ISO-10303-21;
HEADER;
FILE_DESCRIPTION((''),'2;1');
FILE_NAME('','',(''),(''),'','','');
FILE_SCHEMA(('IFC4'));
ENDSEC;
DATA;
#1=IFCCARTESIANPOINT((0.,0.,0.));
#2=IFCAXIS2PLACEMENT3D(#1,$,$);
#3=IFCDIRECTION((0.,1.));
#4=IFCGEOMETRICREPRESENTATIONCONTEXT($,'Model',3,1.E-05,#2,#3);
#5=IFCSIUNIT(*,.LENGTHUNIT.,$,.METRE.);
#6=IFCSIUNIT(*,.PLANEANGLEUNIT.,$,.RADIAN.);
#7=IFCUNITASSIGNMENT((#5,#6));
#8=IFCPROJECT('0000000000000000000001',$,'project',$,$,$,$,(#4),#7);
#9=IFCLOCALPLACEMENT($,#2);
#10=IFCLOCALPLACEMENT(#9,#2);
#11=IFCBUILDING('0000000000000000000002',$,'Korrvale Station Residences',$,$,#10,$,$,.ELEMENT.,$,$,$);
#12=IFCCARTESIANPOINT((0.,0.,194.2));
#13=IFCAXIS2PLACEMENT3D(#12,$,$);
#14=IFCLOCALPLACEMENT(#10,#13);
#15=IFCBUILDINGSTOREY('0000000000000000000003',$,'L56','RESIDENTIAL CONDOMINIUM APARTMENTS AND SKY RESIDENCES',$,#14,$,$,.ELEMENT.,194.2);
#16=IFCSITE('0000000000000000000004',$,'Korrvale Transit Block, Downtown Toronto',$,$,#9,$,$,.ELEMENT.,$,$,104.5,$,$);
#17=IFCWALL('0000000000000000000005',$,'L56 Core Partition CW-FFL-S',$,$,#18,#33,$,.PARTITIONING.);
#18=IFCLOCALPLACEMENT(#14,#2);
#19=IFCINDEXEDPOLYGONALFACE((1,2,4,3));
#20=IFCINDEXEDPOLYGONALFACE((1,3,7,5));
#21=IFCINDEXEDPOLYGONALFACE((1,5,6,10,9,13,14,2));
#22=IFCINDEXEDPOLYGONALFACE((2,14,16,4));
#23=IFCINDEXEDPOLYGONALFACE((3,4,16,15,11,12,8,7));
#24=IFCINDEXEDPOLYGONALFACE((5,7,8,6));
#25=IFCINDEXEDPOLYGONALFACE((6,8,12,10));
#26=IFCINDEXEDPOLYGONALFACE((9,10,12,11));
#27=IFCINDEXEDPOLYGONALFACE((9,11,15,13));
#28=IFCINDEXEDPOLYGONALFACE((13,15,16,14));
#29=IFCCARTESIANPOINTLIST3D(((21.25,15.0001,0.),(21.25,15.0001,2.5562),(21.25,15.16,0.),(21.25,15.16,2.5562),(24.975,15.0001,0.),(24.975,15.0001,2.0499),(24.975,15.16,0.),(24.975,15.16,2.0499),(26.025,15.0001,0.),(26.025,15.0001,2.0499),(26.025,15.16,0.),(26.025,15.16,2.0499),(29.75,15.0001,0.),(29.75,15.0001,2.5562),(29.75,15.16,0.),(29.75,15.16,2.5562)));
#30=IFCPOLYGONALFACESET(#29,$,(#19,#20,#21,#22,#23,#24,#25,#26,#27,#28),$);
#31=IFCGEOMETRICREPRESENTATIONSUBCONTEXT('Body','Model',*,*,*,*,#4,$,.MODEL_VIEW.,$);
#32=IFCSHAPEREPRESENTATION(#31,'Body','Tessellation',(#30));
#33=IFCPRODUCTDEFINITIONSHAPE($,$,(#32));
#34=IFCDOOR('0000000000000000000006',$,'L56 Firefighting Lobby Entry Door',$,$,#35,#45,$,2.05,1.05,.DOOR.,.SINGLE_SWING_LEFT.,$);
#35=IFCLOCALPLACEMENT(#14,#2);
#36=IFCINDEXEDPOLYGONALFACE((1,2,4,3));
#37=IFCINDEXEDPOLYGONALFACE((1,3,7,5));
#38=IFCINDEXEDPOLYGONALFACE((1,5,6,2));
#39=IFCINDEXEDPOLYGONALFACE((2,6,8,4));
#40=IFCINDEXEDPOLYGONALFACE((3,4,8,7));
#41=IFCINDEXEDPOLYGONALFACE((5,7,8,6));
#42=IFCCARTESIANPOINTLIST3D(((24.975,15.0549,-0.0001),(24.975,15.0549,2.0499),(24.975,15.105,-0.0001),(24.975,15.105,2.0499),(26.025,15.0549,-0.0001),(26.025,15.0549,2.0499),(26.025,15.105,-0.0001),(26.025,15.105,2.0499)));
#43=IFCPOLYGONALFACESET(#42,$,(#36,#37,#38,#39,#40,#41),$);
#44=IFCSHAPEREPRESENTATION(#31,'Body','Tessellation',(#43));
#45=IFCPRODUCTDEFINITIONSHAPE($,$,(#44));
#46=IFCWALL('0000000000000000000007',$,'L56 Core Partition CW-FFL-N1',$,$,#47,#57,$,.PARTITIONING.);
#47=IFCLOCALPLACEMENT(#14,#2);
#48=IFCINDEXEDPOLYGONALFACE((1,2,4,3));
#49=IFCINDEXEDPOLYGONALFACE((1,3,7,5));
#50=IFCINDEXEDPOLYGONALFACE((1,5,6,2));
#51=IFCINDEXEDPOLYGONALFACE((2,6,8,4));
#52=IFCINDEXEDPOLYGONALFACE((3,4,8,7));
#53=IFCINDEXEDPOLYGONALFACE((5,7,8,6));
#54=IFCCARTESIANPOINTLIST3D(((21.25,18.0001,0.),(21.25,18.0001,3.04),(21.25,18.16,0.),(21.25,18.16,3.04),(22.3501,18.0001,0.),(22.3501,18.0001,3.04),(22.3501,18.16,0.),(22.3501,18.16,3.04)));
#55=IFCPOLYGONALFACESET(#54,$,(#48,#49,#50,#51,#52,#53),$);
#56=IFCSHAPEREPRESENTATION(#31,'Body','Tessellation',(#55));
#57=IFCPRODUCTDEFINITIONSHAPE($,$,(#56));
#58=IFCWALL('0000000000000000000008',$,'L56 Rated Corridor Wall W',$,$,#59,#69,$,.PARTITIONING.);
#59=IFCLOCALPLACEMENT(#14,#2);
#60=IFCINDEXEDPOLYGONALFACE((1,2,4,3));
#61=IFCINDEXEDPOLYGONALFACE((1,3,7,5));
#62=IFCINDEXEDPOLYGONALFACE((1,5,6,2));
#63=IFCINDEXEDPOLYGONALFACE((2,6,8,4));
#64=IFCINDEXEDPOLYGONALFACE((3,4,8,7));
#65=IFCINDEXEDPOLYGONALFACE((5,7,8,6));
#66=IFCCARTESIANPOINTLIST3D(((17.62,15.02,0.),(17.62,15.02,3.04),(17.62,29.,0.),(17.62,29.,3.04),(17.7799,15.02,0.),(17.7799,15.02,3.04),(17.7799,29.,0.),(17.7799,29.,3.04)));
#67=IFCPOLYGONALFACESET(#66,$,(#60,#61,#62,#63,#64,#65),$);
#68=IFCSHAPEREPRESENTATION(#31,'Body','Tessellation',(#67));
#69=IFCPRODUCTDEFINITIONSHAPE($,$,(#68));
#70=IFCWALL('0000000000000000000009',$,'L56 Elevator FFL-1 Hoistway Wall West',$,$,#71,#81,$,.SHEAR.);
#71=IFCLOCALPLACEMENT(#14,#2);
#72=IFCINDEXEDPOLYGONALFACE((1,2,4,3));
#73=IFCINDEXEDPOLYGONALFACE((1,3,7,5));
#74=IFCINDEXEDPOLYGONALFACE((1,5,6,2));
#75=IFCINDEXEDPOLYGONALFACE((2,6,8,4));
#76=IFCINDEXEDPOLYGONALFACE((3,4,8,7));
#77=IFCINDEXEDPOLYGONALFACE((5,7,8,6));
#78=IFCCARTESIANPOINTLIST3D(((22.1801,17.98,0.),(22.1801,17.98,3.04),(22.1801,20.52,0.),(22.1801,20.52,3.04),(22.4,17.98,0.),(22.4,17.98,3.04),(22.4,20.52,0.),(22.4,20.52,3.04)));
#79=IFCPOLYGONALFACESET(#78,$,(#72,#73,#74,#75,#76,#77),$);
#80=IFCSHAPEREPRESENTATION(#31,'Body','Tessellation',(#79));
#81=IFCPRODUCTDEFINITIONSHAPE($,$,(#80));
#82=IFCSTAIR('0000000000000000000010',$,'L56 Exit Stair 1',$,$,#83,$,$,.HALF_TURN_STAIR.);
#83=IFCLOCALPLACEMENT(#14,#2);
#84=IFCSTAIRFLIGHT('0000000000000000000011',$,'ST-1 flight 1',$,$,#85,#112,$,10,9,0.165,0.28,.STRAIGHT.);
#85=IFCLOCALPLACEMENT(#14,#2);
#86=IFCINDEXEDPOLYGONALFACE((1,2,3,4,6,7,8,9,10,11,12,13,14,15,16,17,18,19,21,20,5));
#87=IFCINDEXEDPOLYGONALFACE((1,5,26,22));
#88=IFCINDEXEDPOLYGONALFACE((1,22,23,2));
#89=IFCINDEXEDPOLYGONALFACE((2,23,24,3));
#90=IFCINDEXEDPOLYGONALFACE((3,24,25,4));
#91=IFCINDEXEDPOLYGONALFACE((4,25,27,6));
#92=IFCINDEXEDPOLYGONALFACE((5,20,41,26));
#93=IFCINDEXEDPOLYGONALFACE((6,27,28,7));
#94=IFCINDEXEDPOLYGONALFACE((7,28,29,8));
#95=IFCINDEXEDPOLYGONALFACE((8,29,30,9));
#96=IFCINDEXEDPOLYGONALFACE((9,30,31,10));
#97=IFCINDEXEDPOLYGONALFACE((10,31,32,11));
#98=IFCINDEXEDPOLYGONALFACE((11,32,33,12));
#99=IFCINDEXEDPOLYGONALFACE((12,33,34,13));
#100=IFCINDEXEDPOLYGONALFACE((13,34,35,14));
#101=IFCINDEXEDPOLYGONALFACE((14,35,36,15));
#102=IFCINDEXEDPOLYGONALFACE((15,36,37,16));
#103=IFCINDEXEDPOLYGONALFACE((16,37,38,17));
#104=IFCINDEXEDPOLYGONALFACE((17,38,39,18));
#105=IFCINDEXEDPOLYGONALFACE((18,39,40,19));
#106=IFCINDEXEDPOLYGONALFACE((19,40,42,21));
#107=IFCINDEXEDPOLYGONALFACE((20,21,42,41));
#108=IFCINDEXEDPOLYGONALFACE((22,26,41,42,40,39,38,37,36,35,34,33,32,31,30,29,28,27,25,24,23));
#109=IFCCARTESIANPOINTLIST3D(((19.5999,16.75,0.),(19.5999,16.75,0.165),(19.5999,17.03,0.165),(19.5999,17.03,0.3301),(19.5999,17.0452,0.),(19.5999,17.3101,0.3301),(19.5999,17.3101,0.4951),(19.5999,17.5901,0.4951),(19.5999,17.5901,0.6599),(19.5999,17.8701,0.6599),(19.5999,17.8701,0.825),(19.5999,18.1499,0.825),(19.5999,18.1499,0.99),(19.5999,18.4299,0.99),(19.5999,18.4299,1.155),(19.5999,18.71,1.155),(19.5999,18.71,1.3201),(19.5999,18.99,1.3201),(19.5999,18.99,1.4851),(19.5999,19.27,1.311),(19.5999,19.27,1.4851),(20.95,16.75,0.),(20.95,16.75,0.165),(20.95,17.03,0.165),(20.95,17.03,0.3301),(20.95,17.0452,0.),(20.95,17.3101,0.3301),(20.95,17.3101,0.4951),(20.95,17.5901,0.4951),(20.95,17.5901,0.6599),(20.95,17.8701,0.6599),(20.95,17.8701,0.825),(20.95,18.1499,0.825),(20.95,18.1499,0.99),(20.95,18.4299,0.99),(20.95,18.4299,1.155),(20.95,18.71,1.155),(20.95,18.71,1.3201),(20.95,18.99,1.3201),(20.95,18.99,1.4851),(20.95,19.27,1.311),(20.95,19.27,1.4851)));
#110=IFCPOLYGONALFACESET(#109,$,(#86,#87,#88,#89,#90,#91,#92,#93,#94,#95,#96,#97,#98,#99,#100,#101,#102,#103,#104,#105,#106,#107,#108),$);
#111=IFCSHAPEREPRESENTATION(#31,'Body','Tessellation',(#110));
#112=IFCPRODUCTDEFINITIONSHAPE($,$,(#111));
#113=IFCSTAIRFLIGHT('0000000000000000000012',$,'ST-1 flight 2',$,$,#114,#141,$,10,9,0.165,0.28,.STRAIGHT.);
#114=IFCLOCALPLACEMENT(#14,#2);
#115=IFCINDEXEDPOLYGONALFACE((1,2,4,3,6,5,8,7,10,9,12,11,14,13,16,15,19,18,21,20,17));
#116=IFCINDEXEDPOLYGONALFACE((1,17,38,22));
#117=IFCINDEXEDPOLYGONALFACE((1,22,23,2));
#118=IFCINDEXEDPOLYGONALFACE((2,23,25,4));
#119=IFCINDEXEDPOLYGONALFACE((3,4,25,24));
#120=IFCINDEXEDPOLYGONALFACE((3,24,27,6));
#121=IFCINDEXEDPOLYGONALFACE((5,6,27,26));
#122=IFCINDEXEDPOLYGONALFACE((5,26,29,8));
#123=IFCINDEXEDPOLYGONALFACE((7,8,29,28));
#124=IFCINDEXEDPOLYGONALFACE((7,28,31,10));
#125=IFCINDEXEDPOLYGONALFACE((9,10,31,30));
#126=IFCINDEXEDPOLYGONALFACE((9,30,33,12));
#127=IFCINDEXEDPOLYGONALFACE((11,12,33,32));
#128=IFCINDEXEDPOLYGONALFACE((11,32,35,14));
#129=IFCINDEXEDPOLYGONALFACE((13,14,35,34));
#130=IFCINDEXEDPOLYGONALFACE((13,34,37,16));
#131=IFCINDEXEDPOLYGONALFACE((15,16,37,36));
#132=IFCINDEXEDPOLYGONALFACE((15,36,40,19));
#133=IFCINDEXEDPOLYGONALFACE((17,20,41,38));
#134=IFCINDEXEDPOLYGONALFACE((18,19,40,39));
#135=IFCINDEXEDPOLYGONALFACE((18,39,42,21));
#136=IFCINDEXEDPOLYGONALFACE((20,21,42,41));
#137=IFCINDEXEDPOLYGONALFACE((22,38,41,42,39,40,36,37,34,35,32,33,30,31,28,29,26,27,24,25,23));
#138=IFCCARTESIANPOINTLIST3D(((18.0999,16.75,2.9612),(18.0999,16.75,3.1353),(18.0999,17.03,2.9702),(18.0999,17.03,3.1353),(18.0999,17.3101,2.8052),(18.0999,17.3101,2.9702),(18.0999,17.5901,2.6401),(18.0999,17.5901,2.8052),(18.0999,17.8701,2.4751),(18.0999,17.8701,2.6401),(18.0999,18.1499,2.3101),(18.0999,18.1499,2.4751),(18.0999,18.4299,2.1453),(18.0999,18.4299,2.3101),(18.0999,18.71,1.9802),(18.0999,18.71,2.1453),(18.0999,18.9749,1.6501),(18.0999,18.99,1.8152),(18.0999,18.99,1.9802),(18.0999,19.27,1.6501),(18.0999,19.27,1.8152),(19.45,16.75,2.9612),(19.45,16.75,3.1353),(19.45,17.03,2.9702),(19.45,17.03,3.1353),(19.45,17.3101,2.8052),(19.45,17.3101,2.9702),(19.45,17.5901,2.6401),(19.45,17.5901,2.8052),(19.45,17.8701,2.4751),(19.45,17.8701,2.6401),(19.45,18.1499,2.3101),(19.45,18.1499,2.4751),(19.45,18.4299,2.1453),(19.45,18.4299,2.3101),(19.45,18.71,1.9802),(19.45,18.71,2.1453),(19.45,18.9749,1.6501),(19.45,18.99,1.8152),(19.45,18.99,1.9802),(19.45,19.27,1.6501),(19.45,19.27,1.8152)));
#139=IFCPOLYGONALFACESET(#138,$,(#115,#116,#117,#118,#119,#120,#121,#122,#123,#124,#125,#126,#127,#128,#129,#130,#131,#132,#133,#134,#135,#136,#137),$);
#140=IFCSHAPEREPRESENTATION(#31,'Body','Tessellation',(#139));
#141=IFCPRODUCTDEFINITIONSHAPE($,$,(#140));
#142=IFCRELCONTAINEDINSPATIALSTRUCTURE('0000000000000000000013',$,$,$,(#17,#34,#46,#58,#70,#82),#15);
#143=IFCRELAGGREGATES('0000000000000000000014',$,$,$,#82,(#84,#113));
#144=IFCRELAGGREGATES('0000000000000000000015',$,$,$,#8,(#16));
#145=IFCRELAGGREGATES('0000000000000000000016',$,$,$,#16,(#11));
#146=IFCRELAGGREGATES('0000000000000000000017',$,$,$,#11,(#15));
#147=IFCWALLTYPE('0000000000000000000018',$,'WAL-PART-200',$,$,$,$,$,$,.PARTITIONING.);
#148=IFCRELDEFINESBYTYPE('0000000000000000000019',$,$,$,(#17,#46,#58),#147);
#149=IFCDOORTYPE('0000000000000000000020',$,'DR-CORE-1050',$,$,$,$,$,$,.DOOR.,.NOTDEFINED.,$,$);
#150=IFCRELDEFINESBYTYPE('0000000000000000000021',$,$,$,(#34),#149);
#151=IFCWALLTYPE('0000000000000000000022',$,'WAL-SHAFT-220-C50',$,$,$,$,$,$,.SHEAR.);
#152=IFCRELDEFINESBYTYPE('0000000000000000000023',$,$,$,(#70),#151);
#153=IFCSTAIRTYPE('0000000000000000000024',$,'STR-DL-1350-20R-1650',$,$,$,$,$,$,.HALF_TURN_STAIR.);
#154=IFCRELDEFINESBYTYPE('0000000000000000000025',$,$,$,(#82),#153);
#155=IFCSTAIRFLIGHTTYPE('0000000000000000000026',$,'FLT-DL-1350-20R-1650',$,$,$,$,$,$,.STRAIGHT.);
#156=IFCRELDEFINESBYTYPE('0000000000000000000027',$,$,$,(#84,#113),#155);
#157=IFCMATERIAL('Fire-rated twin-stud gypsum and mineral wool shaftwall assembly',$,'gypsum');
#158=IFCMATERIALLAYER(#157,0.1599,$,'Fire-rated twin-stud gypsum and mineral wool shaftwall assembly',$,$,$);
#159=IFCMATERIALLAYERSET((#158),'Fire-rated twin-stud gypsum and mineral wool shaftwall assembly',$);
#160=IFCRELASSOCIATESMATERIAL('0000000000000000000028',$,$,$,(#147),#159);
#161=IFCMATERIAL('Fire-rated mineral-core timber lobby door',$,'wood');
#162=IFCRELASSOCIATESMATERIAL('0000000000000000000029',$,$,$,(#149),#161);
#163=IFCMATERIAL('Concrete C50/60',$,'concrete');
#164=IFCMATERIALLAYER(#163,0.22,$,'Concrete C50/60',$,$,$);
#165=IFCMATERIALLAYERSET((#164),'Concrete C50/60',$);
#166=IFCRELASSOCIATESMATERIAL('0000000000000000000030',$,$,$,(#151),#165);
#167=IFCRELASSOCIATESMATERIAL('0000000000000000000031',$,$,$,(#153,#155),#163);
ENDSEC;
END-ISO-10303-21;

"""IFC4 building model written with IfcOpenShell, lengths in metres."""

from ifc_helpers import new_model, si_unit, direction, frame, frame_2d, origin, place, context, subcontext, project, spatial, polyline, rectangle, outline, extrude, material, layer, layer_set, type_object, element, fill, aggregate, save


model = new_model("IFC4")

# Units and contexts
model_context = context("Model", 3, precision=1e-05, world=origin(), true_north=direction((0.0, 1.0)))
body_context = subcontext(model_context, "Body", "Model", "MODEL_VIEW")
ifc_project = project(units=[si_unit("LENGTHUNIT", "METRE"), si_unit("PLANEANGLEUNIT", "RADIAN")], contexts=[model_context])

# Site, building, storey
site_placement = place(None, origin())
site = spatial("IfcSite", under=ifc_project, at=site_placement, Name="Korrvale Transit Block, Downtown Toronto", CompositionType="ELEMENT", RefElevation=104.5)
building_placement = place(site_placement, origin())
building = spatial("IfcBuilding", under=site, at=building_placement, Name="Korrvale Station Residences", CompositionType="ELEMENT")
storey_placement = place(building_placement, frame((0.0, 0.0, 194.2)))
storey = spatial("IfcBuildingStorey", under=building, at=storey_placement, Name="L56", Description="RESIDENTIAL CONDOMINIUM APARTMENTS AND SKY RESIDENCES", CompositionType="ELEMENT", Elevation=194.2)

# Shared definitions
ifc_material_1 = material(Name="Concrete C50/60", Category="concrete")

# Wall, opening, door
ifc_material_2 = material(Name="Fire-rated twin-stud gypsum and mineral wool shaftwall assembly", Category="gypsum")
ifc_layer_1 = layer(ifc_material_2, 0.1599, Name="Fire-rated twin-stud gypsum and mineral wool shaftwall assembly")
ifc_layer_set_1 = layer_set([ifc_layer_1], Name="Fire-rated twin-stud gypsum and mineral wool shaftwall assembly")
wall_type_1 = type_object("IfcWallType", Name="WAL-PART-200", PredefinedType="PARTITIONING", material=ifc_layer_set_1)
wall_1_placement = place(storey_placement, frame((21.25, 15.0801, 0.0), z_axis=(0.0, 0.0, 1.0), x_axis=(1.0, 0.0, 0.0)))
wall_1 = element("IfcWall", 1, at=wall_1_placement, inside=storey, type_object=wall_type_1, Name="L56 Core Partition CW-FFL-S", PredefinedType="PARTITIONING", context=body_context, shape_type="SweptSolid", body=[
    extrude(rectangle(XDim=8.5, YDim=0.1599, at=frame_2d((4.25, 0.0))), origin(), (0.0, 0.0, 1.0), 2.5562),
])
opening_1_placement = place(wall_1_placement, frame((3.7251, 0.0, 0.0)))
opening_1 = element("IfcOpeningElement", 2, at=opening_1_placement, cuts=wall_1, PredefinedType="OPENING", context=body_context, shape_type="SweptSolid", body=[
    extrude(rectangle(XDim=1.05, YDim=2.05, at=frame_2d((0.5249, 1.0249))), frame((0.0, 0.0898, 0.0), z_axis=(0.0, -1.0, 0.0), x_axis=(1.0, 0.0, 0.0)), (0.0, 0.0, 1.0), 0.1799),
])
ifc_material_3 = material(Name="Fire-rated mineral-core timber lobby door", Category="wood")
door_type_1 = type_object("IfcDoorType", Name="DR-CORE-1050", OperationType="NOTDEFINED", PredefinedType="DOOR", material=ifc_material_3)
door_1_placement = place(opening_1_placement, origin())
door_1 = element("IfcDoor", 3, at=door_1_placement, inside=storey, type_object=door_type_1, Name="L56 Firefighting Lobby Entry Door", OperationType="SINGLE_SWING_LEFT", OverallHeight=2.05, OverallWidth=1.05, PredefinedType="DOOR", context=body_context, shape_type="SweptSolid", body=[
    extrude(rectangle(XDim=1.05, YDim=2.05, at=frame_2d((0.5249, 1.0249))), frame((0.0, 0.0249, 0.0), z_axis=(0.0, -1.0, 0.0), x_axis=(1.0, 0.0, 0.0)), (0.0, 0.0, 1.0), 0.05),
])
fill(opening_1, door_1)

# Walls
wall_2_placement = place(storey_placement, frame((21.25, 18.0801, 0.0), z_axis=(0.0, 0.0, 1.0), x_axis=(1.0, 0.0, 0.0)))
element("IfcWall", 4, at=wall_2_placement, inside=storey, type_object=wall_type_1, Name="L56 Core Partition CW-FFL-N1", PredefinedType="PARTITIONING", context=body_context, shape_type="SweptSolid", body=[
    extrude(rectangle(XDim=1.1001, YDim=0.1599, at=frame_2d((0.55, 0.0))), origin(), (0.0, 0.0, 1.0), 3.04),
])
wall_3_placement = place(storey_placement, frame((17.7, 15.02, 0.0), z_axis=(0.0, 0.0, 1.0), x_axis=(0.0, 1.0, 0.0)))
element("IfcWall", 5, at=wall_3_placement, inside=storey, type_object=wall_type_1, Name="L56 Rated Corridor Wall W", PredefinedType="PARTITIONING", context=body_context, shape_type="SweptSolid", body=[
    extrude(rectangle(XDim=13.98, YDim=0.1599, at=frame_2d((6.99, 0.0))), origin(), (0.0, 0.0, 1.0), 3.04),
])

# Shared definitions
ifc_layer_2 = layer(ifc_material_1, 0.22, Name="Concrete C50/60")
ifc_layer_set_2 = layer_set([ifc_layer_2], Name="Concrete C50/60")
wall_type_2 = type_object("IfcWallType", Name="WAL-SHAFT-220-C50", PredefinedType="SHEAR", material=ifc_layer_set_2)

# Wall
wall_4_placement = place(storey_placement, frame((22.29, 17.98, 0.0), z_axis=(0.0, 0.0, 1.0), x_axis=(0.0, 1.0, 0.0)))
element("IfcWall", 6, at=wall_4_placement, inside=storey, type_object=wall_type_2, Name="L56 Elevator FFL-1 Hoistway Wall West", PredefinedType="SHEAR", context=body_context, shape_type="SweptSolid", body=[
    extrude(rectangle(XDim=2.54, YDim=0.22, at=frame_2d((1.27, 0.0))), origin(), (0.0, 0.0, 1.0), 3.04),
])

# Stair, stair flights
stair_type = type_object("IfcStairType", Name="STR-DL-1350-20R-1650", PredefinedType="HALF_TURN_STAIR", material=ifc_material_1)
stair_placement = place(storey_placement, origin())
stair = element("IfcStair", 7, at=stair_placement, inside=storey, type_object=stair_type, Name="L56 Exit Stair 1", PredefinedType="HALF_TURN_STAIR")
stair_flight_type = type_object("IfcStairFlightType", Name="FLT-DL-1350-20R-1650", PredefinedType="STRAIGHT", material=ifc_material_1)
stair_flight_1_placement = place(storey_placement, frame((20.2749, 16.75, 0.0), z_axis=(0.0, 0.0, 1.0), x_axis=(0.0, 1.0, 0.0)))
stair_flight_1 = element("IfcStairFlight", 8, at=stair_flight_1_placement, type_object=stair_flight_type, Name="ST-1 flight 1", NumberOfRisers=10, NumberOfTreads=9, PredefinedType="STRAIGHT", RiserHeight=0.165, TreadLength=0.28, context=body_context, shape_type="SweptSolid", body=[
    extrude(outline(polyline([(0.0, 0.0), (0.0, 0.165), (0.28, 0.165), (0.28, 0.3301), (0.5601, 0.3301), (0.5601, 0.4951), (0.8401, 0.4951), (0.8401, 0.6599), (1.1201, 0.6599), (1.1201, 0.825), (1.3999, 0.825), (1.3999, 0.99), (1.6799, 0.99), (1.6799, 1.155), (1.96, 1.155), (1.96, 1.3201), (2.24, 1.3201), (2.24, 1.4851), (2.52, 1.4851), (2.52, 1.6499), (2.52, 1.311), (0.2952, 0.0), (0.0, 0.0)])), frame((0.0, 0.675, 0.0), z_axis=(0.0, -1.0, 0.0), x_axis=(1.0, 0.0, 0.0)), (0.0, 0.0, 1.0), 1.3501),
])
stair_flight_2_placement = place(storey_placement, frame((18.7749, 19.27, 1.6501), z_axis=(0.0, 0.0, 1.0), x_axis=(0.0, -1.0, 0.0)))
stair_flight_2 = element("IfcStairFlight", 9, at=stair_flight_2_placement, type_object=stair_flight_type, Name="ST-1 flight 2", NumberOfRisers=10, NumberOfTreads=9, PredefinedType="STRAIGHT", RiserHeight=0.165, TreadLength=0.28, context=body_context, shape_type="SweptSolid", body=[
    extrude(outline(polyline([(0.0, 0.0), (0.0, 0.165), (0.28, 0.165), (0.28, 0.3301), (0.5601, 0.3301), (0.5601, 0.4951), (0.8401, 0.4951), (0.8401, 0.6599), (1.1201, 0.6599), (1.1201, 0.825), (1.3999, 0.825), (1.3999, 0.99), (1.6799, 0.99), (1.6799, 1.155), (1.96, 1.155), (1.96, 1.3201), (2.24, 1.3201), (2.24, 1.4851), (2.52, 1.4851), (2.52, 1.6499), (2.52, 1.311), (0.2952, 0.0), (0.0, 0.0)])), frame((0.0, 0.675, 0.0), z_axis=(0.0, -1.0, 0.0), x_axis=(1.0, 0.0, 0.0)), (0.0, 0.0, 1.0), 1.3501),
])
aggregate(stair, [stair_flight_1, stair_flight_2])

save(model, "model.ifc")
